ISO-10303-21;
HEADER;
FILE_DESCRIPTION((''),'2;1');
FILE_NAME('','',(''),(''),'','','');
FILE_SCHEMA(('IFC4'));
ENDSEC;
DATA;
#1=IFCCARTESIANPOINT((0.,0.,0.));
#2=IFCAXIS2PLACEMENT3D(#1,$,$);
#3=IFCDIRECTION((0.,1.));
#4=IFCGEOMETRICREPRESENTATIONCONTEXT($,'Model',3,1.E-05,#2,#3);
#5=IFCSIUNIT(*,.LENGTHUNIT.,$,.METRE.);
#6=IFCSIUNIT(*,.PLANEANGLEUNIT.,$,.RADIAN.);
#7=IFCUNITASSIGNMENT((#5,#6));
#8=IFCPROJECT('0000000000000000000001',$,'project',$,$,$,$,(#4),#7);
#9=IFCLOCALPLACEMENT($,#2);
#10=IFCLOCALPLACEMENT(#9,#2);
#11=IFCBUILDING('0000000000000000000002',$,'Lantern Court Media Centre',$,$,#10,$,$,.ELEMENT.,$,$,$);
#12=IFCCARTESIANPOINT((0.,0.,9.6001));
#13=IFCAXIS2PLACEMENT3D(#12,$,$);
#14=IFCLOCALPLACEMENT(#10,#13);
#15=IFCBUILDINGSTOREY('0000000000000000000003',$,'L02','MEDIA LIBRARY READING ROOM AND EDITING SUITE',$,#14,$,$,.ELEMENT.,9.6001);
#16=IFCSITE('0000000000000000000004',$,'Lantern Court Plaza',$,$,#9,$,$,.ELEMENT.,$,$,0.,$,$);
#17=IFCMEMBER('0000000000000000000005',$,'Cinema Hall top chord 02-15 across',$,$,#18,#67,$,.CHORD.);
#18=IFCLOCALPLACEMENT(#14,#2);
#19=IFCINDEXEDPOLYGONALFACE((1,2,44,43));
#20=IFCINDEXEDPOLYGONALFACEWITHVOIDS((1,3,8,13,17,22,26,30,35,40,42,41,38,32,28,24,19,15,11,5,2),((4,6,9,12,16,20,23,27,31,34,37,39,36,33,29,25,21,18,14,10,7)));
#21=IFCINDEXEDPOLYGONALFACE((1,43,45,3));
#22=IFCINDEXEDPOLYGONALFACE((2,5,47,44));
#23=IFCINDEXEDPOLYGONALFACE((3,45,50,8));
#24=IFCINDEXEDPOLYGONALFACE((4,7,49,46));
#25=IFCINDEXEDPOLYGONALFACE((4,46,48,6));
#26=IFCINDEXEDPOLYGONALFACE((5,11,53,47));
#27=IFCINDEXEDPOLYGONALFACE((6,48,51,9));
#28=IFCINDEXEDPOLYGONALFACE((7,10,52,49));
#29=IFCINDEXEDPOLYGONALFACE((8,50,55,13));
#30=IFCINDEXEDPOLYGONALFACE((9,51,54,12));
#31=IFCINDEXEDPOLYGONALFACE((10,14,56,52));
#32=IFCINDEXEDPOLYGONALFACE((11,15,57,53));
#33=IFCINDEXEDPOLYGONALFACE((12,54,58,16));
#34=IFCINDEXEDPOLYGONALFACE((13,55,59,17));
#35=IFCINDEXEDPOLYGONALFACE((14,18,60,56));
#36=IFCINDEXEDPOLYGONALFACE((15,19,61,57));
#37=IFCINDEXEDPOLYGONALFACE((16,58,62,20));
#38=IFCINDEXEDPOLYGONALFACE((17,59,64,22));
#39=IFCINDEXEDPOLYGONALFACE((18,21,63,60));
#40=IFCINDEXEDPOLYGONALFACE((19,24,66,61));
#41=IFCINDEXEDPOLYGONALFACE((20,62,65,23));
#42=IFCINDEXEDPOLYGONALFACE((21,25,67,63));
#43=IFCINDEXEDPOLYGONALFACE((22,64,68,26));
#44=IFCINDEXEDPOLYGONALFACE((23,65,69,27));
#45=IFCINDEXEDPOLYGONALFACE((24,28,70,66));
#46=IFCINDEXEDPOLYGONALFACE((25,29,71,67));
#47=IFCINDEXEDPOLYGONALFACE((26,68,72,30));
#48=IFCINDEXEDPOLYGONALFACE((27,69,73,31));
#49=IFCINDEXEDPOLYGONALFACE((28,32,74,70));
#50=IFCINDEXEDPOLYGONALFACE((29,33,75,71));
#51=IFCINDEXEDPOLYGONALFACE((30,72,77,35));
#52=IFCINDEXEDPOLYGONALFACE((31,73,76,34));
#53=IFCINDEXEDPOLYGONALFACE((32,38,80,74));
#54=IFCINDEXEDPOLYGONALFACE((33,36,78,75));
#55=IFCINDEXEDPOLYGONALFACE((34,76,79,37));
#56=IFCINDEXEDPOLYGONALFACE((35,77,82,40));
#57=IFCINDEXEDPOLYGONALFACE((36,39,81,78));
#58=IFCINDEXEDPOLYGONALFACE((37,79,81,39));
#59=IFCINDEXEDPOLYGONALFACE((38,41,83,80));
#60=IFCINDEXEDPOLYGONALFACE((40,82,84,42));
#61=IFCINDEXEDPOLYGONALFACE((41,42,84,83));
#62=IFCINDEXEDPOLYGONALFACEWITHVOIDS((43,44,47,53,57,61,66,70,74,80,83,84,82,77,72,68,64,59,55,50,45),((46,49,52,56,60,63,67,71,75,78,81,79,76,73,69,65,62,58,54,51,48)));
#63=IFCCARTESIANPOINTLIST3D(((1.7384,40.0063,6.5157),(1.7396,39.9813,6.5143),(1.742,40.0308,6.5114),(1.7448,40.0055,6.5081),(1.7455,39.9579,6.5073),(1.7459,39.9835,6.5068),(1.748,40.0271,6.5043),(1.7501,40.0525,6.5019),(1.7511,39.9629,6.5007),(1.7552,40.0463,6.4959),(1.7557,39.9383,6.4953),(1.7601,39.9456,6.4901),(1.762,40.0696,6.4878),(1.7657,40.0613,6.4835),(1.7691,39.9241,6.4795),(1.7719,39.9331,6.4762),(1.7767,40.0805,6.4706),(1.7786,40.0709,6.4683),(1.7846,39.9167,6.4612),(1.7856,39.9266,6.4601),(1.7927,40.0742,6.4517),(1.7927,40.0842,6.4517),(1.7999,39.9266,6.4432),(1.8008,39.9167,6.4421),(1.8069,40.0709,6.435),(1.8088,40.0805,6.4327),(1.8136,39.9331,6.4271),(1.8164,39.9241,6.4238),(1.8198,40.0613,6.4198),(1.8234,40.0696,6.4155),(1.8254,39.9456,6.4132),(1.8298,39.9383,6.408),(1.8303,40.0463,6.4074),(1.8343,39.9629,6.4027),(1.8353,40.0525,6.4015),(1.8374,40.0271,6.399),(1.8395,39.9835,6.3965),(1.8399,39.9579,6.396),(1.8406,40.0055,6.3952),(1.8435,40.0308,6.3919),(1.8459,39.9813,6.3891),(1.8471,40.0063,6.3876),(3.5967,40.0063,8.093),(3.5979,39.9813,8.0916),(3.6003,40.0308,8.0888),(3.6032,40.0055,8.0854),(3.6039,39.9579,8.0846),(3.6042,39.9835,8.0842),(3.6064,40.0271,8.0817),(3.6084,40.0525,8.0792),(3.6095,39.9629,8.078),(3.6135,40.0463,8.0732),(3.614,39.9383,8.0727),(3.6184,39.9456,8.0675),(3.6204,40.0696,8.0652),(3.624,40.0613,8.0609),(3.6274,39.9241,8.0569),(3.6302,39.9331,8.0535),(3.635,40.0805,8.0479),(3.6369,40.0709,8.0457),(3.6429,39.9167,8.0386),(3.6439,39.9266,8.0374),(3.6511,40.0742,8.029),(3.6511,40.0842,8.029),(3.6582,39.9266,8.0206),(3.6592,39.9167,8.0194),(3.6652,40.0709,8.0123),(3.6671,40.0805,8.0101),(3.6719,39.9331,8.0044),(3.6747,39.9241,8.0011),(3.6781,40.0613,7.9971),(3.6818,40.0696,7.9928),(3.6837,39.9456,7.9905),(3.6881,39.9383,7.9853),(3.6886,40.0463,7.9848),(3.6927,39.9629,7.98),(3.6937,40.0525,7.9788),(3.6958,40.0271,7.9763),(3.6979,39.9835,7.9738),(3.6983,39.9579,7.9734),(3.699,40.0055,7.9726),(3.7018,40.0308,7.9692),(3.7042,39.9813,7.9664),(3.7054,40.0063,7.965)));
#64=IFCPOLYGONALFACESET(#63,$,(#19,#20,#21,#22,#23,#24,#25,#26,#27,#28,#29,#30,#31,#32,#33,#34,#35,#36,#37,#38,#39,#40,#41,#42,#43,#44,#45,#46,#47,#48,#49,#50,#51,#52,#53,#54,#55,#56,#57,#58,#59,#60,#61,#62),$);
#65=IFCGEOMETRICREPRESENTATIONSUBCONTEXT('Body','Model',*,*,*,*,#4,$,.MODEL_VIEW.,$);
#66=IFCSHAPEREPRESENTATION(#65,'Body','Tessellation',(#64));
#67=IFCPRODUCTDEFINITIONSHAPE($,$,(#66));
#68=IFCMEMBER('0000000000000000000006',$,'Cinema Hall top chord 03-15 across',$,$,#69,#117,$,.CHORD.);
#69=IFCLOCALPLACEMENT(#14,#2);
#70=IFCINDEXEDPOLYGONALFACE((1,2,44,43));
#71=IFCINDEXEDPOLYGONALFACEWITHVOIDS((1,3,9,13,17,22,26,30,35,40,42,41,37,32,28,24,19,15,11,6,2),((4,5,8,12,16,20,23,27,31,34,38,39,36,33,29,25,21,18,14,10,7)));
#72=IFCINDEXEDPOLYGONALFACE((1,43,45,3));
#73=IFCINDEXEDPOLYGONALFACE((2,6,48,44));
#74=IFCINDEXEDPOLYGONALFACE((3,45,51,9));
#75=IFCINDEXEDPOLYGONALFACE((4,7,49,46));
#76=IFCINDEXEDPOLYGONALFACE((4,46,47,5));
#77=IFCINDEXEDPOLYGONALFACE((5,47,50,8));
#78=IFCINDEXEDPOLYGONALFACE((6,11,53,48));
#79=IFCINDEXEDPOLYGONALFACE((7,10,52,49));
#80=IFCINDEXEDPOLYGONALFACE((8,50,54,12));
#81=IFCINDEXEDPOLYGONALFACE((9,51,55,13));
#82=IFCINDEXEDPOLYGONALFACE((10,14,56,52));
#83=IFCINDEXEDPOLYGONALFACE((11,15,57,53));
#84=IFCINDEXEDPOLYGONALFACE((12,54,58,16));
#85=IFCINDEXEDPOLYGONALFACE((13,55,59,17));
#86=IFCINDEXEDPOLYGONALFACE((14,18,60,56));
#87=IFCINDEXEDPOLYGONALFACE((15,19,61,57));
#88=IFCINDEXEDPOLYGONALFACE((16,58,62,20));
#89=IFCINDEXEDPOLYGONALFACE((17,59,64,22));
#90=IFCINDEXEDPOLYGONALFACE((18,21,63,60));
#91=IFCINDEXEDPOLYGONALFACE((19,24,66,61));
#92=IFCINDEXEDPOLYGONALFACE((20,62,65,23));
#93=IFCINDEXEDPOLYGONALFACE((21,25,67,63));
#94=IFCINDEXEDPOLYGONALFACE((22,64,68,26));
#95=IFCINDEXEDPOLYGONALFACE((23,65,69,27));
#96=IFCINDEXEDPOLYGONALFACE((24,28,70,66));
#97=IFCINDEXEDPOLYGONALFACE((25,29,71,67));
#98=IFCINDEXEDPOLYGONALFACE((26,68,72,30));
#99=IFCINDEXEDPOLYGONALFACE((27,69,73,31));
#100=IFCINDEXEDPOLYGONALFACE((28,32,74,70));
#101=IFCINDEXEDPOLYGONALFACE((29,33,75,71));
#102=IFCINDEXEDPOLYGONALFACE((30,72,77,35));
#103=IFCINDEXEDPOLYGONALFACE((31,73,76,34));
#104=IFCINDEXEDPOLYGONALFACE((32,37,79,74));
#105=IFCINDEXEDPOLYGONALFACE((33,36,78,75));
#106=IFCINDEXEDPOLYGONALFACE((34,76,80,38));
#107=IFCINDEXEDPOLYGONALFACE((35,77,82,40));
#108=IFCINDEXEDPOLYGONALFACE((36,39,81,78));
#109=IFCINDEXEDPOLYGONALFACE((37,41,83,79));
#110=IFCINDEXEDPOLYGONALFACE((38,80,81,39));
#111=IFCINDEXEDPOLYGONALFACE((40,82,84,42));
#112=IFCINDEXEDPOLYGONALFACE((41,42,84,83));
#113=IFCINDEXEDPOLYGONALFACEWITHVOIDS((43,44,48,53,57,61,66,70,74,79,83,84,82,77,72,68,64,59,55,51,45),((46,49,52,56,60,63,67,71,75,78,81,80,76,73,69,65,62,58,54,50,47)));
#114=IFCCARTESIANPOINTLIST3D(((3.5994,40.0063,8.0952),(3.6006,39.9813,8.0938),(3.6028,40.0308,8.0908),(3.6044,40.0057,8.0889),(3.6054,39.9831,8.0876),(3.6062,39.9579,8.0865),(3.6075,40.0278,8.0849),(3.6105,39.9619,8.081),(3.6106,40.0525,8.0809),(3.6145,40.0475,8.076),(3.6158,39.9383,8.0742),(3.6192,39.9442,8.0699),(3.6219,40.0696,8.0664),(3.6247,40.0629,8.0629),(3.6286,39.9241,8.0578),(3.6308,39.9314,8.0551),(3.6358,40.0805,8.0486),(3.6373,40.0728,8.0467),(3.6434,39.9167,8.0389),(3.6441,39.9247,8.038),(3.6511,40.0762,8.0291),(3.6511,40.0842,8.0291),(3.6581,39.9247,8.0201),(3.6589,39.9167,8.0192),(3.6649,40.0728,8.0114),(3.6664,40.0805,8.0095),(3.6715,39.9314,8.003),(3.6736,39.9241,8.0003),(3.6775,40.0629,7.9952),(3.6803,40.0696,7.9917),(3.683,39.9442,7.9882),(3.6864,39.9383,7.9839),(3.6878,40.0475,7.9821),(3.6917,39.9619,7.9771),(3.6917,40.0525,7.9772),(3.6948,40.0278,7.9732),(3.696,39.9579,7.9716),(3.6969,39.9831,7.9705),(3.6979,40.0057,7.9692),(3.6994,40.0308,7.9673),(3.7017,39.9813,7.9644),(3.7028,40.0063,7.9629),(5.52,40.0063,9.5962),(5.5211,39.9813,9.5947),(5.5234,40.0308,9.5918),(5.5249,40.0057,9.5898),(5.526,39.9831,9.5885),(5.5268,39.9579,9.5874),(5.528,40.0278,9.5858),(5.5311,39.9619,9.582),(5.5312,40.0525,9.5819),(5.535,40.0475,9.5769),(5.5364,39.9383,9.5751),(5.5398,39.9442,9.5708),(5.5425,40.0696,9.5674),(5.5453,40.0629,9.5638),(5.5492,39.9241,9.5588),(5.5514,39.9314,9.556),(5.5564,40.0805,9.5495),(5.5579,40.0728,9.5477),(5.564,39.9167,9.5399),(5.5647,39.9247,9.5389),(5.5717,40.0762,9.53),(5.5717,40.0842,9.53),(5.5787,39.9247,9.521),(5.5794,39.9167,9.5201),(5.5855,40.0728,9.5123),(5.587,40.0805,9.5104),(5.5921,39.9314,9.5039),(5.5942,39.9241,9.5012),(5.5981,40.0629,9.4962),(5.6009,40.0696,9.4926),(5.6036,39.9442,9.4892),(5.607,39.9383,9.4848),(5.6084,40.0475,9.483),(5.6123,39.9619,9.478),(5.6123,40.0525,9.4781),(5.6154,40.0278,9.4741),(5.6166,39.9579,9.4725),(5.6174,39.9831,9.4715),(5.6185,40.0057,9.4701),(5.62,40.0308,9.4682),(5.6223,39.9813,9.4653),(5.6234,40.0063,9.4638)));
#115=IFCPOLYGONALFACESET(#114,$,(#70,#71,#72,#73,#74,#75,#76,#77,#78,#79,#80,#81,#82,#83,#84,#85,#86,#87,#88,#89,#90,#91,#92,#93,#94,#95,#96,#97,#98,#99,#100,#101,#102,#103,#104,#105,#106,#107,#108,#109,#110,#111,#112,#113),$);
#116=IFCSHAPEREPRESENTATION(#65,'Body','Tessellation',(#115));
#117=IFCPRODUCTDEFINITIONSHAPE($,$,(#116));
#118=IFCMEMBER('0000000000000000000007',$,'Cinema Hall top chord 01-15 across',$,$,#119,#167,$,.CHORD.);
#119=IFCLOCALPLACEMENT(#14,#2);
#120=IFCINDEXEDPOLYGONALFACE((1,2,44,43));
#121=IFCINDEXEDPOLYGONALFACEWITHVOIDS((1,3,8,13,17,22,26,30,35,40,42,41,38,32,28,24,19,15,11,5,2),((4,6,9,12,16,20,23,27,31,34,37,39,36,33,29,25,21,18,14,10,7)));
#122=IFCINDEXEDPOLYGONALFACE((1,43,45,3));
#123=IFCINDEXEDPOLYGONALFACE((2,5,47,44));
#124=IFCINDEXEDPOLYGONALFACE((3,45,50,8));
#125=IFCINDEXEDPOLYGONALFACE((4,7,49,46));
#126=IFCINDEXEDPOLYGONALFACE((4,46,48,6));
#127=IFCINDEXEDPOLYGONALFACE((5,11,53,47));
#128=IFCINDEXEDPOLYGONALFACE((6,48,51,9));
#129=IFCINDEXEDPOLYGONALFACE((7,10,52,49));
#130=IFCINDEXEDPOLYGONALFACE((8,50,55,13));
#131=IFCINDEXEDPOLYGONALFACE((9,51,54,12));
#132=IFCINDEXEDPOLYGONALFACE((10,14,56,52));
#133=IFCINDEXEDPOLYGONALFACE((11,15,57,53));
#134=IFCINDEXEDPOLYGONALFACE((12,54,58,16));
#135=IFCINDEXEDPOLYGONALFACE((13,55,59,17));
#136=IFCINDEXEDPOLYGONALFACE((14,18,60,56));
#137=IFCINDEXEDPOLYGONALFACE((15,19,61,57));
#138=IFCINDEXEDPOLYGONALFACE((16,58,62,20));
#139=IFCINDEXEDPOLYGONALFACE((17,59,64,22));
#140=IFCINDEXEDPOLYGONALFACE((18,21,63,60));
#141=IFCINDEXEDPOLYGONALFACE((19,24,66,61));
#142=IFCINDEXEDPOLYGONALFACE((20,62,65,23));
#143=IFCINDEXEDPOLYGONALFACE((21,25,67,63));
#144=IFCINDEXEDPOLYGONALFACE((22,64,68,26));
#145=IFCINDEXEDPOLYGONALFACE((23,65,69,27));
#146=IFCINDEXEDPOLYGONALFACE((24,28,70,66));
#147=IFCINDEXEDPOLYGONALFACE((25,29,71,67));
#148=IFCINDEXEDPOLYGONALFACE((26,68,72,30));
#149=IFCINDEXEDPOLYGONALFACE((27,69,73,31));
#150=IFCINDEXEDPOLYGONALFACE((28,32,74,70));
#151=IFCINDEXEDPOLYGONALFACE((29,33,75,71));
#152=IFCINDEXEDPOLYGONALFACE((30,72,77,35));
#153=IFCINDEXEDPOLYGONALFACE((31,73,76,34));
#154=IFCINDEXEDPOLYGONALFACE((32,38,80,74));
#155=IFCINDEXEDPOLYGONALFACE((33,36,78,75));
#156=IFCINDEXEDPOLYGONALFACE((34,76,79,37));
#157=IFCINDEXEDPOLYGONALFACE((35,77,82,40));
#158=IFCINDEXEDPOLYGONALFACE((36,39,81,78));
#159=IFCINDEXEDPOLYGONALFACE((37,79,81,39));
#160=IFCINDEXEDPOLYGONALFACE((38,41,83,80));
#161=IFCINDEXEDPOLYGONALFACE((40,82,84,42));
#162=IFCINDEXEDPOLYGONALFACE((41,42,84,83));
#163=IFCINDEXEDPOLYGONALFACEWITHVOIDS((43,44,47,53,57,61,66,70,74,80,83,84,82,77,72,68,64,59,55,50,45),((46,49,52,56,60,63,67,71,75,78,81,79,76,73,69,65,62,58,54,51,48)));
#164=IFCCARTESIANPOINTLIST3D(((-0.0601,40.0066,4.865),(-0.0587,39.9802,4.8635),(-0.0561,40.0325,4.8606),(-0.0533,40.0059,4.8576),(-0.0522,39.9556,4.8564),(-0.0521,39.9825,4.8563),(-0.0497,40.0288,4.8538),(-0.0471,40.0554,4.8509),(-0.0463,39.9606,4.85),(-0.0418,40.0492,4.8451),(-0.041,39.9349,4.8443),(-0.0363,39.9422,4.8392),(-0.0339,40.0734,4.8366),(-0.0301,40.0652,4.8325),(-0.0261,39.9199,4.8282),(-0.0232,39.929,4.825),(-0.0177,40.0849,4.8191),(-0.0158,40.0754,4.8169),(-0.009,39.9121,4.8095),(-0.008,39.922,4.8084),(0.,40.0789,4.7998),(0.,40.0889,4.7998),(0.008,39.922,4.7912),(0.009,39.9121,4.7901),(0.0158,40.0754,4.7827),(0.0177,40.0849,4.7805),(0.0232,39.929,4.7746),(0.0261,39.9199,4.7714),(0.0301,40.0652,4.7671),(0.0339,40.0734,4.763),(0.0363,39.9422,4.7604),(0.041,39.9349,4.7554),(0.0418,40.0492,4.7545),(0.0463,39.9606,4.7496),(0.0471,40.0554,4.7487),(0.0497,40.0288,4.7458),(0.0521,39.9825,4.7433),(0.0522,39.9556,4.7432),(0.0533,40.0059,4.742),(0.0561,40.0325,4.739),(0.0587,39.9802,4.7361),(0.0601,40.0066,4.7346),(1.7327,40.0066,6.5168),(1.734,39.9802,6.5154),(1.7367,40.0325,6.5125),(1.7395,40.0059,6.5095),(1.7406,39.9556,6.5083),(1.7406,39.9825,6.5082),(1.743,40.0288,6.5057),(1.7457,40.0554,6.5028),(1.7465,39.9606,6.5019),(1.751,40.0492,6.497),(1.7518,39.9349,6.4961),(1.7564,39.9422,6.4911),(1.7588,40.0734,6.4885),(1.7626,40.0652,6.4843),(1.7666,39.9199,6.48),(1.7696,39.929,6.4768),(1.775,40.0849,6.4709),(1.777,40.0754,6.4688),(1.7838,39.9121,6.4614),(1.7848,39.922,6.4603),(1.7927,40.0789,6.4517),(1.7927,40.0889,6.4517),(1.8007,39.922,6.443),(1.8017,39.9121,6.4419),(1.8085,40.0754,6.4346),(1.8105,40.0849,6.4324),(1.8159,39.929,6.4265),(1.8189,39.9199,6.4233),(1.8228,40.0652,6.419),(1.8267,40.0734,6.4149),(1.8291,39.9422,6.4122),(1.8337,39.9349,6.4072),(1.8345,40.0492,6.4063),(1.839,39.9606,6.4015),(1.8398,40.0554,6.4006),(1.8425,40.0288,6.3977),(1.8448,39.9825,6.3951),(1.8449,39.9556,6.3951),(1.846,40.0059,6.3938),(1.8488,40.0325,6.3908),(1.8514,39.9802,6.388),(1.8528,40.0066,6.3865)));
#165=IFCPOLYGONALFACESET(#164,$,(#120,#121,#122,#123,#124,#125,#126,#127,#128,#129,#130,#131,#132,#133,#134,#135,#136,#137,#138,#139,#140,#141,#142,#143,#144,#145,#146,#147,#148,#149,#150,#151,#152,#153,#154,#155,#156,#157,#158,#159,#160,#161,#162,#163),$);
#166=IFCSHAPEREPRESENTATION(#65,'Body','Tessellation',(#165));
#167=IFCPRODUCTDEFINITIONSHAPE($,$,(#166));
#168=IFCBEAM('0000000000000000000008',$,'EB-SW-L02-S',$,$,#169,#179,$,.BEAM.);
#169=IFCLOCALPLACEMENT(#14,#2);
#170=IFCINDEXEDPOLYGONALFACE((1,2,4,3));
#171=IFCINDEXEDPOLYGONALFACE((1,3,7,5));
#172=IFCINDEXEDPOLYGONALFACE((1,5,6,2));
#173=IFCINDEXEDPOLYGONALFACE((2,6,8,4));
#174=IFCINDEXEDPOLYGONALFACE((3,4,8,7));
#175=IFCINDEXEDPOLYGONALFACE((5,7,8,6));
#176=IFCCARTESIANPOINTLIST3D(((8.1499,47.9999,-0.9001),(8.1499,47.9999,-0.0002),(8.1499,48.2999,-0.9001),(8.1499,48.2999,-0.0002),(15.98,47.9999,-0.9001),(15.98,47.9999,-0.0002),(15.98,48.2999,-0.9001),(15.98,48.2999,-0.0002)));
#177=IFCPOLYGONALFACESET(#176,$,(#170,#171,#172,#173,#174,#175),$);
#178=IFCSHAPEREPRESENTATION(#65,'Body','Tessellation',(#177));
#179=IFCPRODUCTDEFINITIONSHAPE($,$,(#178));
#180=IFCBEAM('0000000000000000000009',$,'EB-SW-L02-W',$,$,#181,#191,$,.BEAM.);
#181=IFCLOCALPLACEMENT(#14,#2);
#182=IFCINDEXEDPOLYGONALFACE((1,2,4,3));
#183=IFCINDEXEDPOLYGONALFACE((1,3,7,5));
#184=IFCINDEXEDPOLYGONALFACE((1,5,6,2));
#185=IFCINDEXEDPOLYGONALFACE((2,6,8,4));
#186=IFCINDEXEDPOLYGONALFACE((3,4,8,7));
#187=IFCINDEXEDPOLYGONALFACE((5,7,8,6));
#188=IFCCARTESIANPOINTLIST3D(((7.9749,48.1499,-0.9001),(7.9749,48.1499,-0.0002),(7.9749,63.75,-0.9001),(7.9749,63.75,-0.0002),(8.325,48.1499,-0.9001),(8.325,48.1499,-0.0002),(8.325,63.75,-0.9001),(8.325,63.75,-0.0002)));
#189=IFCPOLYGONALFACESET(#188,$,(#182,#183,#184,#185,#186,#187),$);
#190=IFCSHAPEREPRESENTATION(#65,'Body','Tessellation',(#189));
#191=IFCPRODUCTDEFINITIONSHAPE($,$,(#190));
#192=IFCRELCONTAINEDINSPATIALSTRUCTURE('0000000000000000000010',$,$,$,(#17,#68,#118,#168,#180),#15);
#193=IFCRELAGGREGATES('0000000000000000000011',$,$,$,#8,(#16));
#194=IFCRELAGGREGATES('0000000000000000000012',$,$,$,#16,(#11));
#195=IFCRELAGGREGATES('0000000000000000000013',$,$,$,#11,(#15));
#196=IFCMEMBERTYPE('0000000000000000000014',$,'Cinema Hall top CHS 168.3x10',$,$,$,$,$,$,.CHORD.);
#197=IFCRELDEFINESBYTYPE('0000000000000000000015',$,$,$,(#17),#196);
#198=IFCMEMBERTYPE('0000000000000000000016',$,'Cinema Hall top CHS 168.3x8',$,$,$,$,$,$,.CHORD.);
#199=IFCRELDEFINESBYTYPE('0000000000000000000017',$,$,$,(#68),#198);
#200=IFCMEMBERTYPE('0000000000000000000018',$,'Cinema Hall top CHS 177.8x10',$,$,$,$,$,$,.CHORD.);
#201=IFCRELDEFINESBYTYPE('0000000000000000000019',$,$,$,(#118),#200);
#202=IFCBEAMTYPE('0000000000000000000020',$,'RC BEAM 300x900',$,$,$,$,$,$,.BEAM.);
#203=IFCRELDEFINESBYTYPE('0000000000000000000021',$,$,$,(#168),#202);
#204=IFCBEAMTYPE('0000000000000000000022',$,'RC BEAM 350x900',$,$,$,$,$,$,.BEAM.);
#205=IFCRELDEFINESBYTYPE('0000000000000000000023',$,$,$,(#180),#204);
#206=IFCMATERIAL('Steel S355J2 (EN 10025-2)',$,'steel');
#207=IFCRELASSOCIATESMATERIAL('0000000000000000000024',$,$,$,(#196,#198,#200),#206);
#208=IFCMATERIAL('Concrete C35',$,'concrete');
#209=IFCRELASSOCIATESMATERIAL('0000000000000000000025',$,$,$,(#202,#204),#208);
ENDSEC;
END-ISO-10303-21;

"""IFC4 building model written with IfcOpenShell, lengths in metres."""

from ifc_helpers import new_model, si_unit, direction, frame, origin, origin_2d, place, context, subcontext, project, spatial, rectangle, hollow_circle, extrude, material, material_profile, profile_set, type_object, element, save


model = new_model("IFC4")

# Units and contexts
model_context = context("Model", 3, precision=1e-05, world=origin(), true_north=direction((0.0, 1.0)))
body_context = subcontext(model_context, "Body", "Model", "MODEL_VIEW")
ifc_project = project(units=[si_unit("LENGTHUNIT", "METRE"), si_unit("PLANEANGLEUNIT", "RADIAN")], contexts=[model_context])

# Site, building, storey
site_placement = place(None, origin())
site = spatial("IfcSite", under=ifc_project, at=site_placement, Name="Lantern Court Plaza", CompositionType="ELEMENT", RefElevation=0.0)
building_placement = place(site_placement, origin())
building = spatial("IfcBuilding", under=site, at=building_placement, Name="Lantern Court Media Centre", CompositionType="ELEMENT")
storey_placement = place(building_placement, frame((0.0, 0.0, 9.6001)))
storey = spatial("IfcBuildingStorey", under=building, at=storey_placement, Name="L02", Description="MEDIA LIBRARY READING ROOM AND EDITING SUITE", CompositionType="ELEMENT", Elevation=9.6001)

# Shared definitions
ifc_material_1 = material(Name="Steel S355J2 (EN 10025-2)", Category="steel")
ifc_material_2 = material(Name="Concrete C35", Category="concrete")

# Members
ifc_material_profile_1 = material_profile(ifc_material_1, hollow_circle(Radius=0.0842, WallThickness=0.01, at=origin_2d()), Name="Cinema Hall top CHS 168.3x10")
ifc_profile_set_1 = profile_set([ifc_material_profile_1], Name="Steel S355J2 (EN 10025-2)")
member_type_1 = type_object("IfcMemberType", Name="Cinema Hall top CHS 168.3x10", PredefinedType="CHORD", material=ifc_profile_set_1)
member_1_placement = place(storey_placement, frame((1.7927, 40.0, 6.4517), z_axis=(0.762394, 0.0, 0.647113), x_axis=(0.0, 1.0, 0.0)))
element("IfcMember", 1, at=member_1_placement, inside=storey, type_object=member_type_1, Name="Cinema Hall top chord 02-15 across", PredefinedType="CHORD", context=body_context, shape_type="SweptSolid", body=[
    extrude(hollow_circle(Radius=0.0842, WallThickness=0.01, at=origin_2d()), origin(), (0.0, 0.0, 1.0), 2.4375),
])
ifc_material_profile_2 = material_profile(ifc_material_1, hollow_circle(Radius=0.0842, WallThickness=0.0081, at=origin_2d()), Name="Cinema Hall top CHS 168.3x8")
ifc_profile_set_2 = profile_set([ifc_material_profile_2], Name="Steel S355J2 (EN 10025-2)")
member_type_2 = type_object("IfcMemberType", Name="Cinema Hall top CHS 168.3x8", PredefinedType="CHORD", material=ifc_profile_set_2)
member_2_placement = place(storey_placement, frame((3.6511, 40.0, 8.0291), z_axis=(0.787932, 0.0, 0.615763), x_axis=(0.0, 1.0, 0.0)))
element("IfcMember", 2, at=member_2_placement, inside=storey, type_object=member_type_2, Name="Cinema Hall top chord 03-15 across", PredefinedType="CHORD", context=body_context, shape_type="SweptSolid", body=[
    extrude(hollow_circle(Radius=0.0842, WallThickness=0.0081, at=origin_2d()), origin(), (0.0, 0.0, 1.0), 2.4375),
])
ifc_material_profile_3 = material_profile(ifc_material_1, hollow_circle(Radius=0.0889, WallThickness=0.01, at=origin_2d()), Name="Cinema Hall top CHS 177.8x10")
ifc_profile_set_3 = profile_set([ifc_material_profile_3], Name="Steel S355J2 (EN 10025-2)")
member_type_3 = type_object("IfcMemberType", Name="Cinema Hall top CHS 177.8x10", PredefinedType="CHORD", material=ifc_profile_set_3)
member_3_placement = place(storey_placement, frame((0.0, 40.0, 4.7998), z_axis=(0.73541, 0.0, 0.677623), x_axis=(0.0, 1.0, 0.0)))
element("IfcMember", 3, at=member_3_placement, inside=storey, type_object=member_type_3, Name="Cinema Hall top chord 01-15 across", PredefinedType="CHORD", context=body_context, shape_type="SweptSolid", body=[
    extrude(hollow_circle(Radius=0.0889, WallThickness=0.01, at=origin_2d()), origin(), (0.0, 0.0, 1.0), 2.4377),
])

# Beams
ifc_material_profile_4 = material_profile(ifc_material_2, rectangle(XDim=0.3, YDim=0.8999, at=origin_2d()), Name="RC 300x900")
ifc_profile_set_4 = profile_set([ifc_material_profile_4], Name="Concrete C35")
beam_type_1 = type_object("IfcBeamType", Name="RC BEAM 300x900", PredefinedType="BEAM", material=ifc_profile_set_4)
beam_1_placement = place(storey_placement, frame((8.1499, 48.1499, -0.4502), z_axis=(1.0, 0.0, 0.0), x_axis=(0.0, 1.0, 0.0)))
element("IfcBeam", 4, at=beam_1_placement, inside=storey, type_object=beam_type_1, Name="EB-SW-L02-S", PredefinedType="BEAM", context=body_context, shape_type="SweptSolid", body=[
    extrude(rectangle(XDim=0.3, YDim=0.8999, at=origin_2d()), origin(), (0.0, 0.0, 1.0), 7.8301),
])
ifc_material_profile_5 = material_profile(ifc_material_2, rectangle(XDim=0.3501, YDim=0.8999, at=origin_2d()), Name="RC 350x900")
ifc_profile_set_5 = profile_set([ifc_material_profile_5], Name="Concrete C35")
beam_type_2 = type_object("IfcBeamType", Name="RC BEAM 350x900", PredefinedType="BEAM", material=ifc_profile_set_5)
beam_2_placement = place(storey_placement, frame((8.1499, 48.1499, -0.4502), z_axis=(0.0, 1.0, 0.0), x_axis=(-1.0, 0.0, 0.0)))
element("IfcBeam", 5, at=beam_2_placement, inside=storey, type_object=beam_type_2, Name="EB-SW-L02-W", PredefinedType="BEAM", context=body_context, shape_type="SweptSolid", body=[
    extrude(rectangle(XDim=0.3501, YDim=0.8999, at=origin_2d()), origin(), (0.0, 0.0, 1.0), 15.6001),
])

save(model, "model.ifc")
